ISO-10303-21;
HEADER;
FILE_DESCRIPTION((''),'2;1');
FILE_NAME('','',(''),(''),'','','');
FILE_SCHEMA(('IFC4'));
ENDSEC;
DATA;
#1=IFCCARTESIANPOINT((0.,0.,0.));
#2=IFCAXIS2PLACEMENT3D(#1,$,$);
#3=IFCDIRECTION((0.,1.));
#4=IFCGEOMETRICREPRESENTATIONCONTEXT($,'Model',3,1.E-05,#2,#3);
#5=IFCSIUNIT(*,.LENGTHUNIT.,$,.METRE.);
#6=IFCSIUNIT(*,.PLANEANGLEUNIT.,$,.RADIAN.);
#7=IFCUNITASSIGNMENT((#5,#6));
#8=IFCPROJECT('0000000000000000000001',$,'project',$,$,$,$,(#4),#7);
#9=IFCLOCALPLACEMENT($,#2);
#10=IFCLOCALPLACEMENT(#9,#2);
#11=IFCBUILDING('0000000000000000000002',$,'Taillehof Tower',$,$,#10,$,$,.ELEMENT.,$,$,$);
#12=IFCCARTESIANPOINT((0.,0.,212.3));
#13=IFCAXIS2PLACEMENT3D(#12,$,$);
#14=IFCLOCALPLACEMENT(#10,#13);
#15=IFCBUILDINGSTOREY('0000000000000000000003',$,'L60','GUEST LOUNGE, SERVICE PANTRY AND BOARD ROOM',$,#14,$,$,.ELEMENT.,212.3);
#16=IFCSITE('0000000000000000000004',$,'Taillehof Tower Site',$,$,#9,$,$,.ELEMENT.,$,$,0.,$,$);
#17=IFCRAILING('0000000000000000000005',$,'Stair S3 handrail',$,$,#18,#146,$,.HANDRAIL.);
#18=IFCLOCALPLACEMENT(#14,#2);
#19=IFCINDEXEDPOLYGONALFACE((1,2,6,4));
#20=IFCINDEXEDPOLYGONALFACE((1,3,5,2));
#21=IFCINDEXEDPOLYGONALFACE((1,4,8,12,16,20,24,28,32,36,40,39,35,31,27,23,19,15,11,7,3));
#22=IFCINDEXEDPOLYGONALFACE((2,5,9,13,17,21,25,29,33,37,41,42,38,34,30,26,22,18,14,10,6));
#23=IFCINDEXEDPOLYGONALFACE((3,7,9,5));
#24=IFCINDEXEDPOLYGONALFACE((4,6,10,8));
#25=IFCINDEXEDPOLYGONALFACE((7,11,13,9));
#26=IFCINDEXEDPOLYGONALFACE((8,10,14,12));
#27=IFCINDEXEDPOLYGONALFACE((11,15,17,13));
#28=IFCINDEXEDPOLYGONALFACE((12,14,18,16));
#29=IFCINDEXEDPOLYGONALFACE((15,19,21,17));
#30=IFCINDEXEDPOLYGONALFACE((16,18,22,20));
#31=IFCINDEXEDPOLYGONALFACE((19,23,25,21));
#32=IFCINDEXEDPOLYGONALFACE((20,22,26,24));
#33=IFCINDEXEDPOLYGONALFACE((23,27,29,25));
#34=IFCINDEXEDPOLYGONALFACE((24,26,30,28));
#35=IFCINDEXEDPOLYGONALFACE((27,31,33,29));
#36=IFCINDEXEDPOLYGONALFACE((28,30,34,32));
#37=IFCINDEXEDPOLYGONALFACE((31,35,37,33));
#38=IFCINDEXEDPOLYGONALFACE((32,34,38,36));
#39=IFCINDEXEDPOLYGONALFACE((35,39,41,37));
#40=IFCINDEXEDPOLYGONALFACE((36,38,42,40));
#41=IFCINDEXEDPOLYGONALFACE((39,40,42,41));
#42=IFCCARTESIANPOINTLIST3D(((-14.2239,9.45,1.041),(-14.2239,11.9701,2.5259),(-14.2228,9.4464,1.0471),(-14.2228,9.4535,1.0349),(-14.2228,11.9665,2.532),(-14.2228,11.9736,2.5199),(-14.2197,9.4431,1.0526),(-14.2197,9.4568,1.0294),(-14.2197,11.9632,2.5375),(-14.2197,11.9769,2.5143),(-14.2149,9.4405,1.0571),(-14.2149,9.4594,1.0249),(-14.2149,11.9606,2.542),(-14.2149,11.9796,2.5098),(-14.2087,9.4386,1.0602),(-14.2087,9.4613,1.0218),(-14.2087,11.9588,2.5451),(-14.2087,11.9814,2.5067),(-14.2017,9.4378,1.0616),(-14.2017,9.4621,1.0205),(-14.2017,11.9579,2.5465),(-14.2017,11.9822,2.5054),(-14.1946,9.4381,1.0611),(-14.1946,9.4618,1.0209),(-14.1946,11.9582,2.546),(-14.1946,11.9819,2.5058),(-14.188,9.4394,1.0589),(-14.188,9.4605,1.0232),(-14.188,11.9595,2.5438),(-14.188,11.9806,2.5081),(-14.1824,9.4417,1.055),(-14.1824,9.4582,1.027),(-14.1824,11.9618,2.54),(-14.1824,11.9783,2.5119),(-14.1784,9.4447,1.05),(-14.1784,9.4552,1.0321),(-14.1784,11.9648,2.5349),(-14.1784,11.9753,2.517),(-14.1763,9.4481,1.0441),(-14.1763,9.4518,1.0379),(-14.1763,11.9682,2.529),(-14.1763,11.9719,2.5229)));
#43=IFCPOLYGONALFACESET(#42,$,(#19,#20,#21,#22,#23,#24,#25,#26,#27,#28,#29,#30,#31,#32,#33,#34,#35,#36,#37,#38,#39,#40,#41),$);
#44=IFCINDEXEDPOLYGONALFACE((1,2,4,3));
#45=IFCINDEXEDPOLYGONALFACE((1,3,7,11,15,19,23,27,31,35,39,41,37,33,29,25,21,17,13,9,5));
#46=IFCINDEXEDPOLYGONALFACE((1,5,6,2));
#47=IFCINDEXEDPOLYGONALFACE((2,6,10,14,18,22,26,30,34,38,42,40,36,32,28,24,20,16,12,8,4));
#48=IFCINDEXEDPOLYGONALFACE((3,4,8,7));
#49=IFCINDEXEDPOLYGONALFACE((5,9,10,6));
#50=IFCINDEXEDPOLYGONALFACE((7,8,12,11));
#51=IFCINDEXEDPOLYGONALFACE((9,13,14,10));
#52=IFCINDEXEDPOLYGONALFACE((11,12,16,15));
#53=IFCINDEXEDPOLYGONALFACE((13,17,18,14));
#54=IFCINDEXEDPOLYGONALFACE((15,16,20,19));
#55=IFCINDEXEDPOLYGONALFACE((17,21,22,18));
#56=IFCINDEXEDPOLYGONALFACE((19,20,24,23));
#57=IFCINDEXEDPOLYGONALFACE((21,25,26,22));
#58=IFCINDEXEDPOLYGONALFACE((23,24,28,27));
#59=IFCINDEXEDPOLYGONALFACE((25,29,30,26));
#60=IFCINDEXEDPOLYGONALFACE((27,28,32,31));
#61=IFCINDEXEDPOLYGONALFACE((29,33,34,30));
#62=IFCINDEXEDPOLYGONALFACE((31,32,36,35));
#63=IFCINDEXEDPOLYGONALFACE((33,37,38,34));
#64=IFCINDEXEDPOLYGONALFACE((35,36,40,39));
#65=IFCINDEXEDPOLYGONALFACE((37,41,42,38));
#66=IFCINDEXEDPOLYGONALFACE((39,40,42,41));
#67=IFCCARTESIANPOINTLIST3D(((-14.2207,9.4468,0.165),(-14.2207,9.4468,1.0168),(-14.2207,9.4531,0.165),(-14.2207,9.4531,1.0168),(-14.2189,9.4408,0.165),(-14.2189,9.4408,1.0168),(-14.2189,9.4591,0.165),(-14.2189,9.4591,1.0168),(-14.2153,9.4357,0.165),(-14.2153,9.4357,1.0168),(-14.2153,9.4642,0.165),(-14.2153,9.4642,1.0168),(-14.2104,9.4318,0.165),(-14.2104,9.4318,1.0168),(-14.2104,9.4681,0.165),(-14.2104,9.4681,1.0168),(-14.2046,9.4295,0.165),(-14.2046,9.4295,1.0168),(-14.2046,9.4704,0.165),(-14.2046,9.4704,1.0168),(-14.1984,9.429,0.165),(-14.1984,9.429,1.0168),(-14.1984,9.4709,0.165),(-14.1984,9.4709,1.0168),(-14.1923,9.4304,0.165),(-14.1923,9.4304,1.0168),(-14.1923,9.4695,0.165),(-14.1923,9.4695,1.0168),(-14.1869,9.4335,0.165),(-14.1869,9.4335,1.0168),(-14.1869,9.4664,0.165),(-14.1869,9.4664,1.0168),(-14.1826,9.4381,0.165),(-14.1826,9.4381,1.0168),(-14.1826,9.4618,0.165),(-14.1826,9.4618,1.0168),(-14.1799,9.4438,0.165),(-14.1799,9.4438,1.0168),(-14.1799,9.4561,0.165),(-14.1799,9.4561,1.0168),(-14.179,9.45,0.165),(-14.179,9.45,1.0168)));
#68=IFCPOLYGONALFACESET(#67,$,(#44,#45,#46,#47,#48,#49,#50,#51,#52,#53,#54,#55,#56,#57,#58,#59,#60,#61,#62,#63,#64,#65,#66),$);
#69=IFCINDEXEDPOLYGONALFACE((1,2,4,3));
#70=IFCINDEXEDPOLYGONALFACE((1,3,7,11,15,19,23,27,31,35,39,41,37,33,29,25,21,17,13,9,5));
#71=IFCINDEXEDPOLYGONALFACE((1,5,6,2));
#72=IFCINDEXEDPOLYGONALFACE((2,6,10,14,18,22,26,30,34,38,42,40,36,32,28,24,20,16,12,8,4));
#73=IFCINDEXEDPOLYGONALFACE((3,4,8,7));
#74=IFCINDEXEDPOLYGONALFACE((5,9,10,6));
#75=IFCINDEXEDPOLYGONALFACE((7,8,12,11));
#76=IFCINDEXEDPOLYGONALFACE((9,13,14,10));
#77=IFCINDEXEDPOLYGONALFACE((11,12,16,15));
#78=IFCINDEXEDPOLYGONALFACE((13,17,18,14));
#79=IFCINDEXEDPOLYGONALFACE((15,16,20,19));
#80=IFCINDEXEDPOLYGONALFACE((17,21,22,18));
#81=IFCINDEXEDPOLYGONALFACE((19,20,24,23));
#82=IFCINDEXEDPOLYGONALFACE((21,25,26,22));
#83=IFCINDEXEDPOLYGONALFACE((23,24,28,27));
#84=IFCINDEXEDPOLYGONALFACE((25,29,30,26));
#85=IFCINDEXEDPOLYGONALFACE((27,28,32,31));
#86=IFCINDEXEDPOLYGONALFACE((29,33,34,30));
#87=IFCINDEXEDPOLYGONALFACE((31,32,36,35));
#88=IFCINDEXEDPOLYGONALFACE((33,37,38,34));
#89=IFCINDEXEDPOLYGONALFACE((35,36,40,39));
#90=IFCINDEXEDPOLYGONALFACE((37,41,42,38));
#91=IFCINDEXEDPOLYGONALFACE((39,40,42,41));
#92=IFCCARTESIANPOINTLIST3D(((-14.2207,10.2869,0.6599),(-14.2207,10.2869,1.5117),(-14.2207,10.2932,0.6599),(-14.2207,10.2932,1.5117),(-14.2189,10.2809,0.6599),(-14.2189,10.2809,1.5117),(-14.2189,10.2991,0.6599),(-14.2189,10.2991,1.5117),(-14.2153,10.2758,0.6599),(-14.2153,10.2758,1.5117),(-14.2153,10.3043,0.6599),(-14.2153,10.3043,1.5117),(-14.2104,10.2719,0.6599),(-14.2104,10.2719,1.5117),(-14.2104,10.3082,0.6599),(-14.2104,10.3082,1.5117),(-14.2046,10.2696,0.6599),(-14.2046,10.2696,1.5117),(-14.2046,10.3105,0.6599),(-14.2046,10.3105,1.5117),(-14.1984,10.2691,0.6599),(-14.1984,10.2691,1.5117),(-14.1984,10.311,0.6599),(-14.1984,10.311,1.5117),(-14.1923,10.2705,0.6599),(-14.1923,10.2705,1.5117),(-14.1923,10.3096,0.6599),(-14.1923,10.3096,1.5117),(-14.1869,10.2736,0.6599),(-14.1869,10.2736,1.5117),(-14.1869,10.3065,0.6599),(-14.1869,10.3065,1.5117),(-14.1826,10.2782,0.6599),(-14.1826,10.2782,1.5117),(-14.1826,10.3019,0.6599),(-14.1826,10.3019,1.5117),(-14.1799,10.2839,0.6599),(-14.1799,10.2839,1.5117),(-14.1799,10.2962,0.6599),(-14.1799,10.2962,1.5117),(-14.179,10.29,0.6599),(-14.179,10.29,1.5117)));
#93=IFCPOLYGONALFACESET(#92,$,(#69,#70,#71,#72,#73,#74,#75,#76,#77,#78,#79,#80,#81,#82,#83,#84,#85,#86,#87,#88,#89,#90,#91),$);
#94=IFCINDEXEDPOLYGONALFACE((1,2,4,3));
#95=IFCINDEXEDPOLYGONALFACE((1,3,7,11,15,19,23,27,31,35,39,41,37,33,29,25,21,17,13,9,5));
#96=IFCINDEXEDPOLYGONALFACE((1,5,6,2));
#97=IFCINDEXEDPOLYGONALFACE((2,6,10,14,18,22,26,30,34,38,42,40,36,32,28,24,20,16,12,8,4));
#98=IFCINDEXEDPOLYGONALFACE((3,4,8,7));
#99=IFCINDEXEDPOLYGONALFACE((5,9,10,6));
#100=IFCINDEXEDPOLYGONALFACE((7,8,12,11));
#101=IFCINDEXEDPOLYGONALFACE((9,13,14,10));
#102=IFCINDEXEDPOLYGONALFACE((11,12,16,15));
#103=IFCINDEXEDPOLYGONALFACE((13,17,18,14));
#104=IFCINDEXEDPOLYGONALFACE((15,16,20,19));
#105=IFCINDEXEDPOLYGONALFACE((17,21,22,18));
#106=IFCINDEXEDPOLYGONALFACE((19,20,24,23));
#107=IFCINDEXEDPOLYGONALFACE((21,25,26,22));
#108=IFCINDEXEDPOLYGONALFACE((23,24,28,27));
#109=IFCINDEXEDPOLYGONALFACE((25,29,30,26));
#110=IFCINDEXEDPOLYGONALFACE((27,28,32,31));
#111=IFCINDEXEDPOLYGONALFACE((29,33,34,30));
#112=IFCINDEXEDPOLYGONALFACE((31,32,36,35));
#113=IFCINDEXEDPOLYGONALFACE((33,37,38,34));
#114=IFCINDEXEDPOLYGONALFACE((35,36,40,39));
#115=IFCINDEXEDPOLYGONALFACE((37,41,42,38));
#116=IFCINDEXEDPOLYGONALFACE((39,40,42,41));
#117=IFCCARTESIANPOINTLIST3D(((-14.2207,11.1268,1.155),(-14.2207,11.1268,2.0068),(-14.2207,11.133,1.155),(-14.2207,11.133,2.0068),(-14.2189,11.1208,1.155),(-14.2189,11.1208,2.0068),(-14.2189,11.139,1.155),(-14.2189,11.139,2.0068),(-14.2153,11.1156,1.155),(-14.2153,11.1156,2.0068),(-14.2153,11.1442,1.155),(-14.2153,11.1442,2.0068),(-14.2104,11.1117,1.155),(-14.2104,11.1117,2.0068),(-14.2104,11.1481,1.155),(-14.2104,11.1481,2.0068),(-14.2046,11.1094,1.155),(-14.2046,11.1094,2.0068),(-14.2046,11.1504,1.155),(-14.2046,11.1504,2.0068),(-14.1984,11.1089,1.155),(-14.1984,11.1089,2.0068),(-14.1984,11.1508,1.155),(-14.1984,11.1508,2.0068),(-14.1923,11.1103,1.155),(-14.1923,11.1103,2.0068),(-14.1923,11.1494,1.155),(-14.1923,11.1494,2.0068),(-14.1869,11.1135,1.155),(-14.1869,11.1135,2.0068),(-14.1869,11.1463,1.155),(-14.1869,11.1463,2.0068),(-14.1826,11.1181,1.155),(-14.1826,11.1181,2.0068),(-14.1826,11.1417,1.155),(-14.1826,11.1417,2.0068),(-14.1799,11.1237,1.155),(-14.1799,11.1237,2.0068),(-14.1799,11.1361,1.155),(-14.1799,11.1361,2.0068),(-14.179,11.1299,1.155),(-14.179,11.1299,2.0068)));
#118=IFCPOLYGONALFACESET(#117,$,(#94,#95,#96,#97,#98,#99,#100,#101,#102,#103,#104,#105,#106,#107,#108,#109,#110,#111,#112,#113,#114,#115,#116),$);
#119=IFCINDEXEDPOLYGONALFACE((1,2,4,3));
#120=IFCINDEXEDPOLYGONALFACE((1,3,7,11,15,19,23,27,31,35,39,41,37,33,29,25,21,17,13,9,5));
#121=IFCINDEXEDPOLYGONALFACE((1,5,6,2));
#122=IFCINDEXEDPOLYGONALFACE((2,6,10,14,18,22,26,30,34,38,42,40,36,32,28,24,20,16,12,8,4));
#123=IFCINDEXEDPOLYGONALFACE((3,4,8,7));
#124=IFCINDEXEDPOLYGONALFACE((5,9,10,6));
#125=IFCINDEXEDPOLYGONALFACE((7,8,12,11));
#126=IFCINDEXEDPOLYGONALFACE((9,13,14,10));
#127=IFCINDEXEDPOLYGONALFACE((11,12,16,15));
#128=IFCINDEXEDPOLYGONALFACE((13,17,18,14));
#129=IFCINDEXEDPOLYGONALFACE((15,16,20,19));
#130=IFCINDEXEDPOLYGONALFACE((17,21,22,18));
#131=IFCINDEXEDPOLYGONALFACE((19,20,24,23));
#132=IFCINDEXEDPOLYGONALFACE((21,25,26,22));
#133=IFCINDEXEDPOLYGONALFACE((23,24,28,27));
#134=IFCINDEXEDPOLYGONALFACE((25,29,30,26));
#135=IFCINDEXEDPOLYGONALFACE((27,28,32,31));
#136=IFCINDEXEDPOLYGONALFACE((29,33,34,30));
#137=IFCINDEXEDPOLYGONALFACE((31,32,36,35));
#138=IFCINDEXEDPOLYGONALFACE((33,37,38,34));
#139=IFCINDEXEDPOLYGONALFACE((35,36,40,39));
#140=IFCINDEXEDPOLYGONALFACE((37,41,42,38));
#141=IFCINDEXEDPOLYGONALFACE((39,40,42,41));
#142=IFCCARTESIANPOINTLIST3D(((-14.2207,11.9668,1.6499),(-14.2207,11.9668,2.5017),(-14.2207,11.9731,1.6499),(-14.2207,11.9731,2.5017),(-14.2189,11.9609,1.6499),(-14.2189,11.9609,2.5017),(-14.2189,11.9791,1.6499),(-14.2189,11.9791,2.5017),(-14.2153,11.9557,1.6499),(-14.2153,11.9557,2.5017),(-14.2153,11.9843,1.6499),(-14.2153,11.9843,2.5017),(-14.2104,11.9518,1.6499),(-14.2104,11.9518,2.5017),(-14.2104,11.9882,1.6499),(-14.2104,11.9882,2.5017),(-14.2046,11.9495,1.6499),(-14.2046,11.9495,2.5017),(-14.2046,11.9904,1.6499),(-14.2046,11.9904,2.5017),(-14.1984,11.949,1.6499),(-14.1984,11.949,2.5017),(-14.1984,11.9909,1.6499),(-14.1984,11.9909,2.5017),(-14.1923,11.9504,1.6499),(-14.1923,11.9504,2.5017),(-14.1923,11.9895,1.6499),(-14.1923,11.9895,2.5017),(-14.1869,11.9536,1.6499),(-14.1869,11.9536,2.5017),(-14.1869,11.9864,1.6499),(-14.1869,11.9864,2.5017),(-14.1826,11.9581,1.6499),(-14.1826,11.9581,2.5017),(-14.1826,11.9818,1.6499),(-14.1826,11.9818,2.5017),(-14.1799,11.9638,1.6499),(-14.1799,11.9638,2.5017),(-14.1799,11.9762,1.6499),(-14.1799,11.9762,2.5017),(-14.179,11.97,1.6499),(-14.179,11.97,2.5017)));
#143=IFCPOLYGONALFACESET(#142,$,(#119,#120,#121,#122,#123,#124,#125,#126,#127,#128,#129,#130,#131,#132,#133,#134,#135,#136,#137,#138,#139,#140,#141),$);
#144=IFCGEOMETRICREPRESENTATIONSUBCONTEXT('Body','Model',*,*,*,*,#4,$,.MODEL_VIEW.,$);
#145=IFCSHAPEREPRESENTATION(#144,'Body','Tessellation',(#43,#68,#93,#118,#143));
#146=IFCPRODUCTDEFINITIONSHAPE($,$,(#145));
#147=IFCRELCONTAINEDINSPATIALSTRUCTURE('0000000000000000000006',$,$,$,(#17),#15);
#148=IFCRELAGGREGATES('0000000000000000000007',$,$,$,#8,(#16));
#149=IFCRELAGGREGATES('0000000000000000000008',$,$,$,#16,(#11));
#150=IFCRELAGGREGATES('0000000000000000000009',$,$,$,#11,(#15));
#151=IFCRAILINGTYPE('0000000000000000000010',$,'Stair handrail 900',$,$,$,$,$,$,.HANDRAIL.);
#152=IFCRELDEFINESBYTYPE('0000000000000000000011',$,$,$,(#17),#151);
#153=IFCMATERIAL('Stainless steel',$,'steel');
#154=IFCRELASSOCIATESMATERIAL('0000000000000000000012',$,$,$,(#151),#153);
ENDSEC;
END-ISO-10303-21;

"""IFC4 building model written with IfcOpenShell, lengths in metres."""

from ifc_helpers import new_model, si_unit, direction, frame, origin, origin_2d, place, context, subcontext, project, spatial, circle, extrude, material, type_object, element, save


model = new_model("IFC4")

# Units and contexts
model_context = context("Model", 3, precision=1e-05, world=origin(), true_north=direction((0.0, 1.0)))
body_context = subcontext(model_context, "Body", "Model", "MODEL_VIEW")
ifc_project = project(units=[si_unit("LENGTHUNIT", "METRE"), si_unit("PLANEANGLEUNIT", "RADIAN")], contexts=[model_context])

# Site, building, storey
site_placement = place(None, origin())
site = spatial("IfcSite", under=ifc_project, at=site_placement, Name="Taillehof Tower Site", CompositionType="ELEMENT", RefElevation=0.0)
building_placement = place(site_placement, origin())
building = spatial("IfcBuilding", under=site, at=building_placement, Name="Taillehof Tower", CompositionType="ELEMENT")
storey_placement = place(building_placement, frame((0.0, 0.0, 212.3)))
storey = spatial("IfcBuildingStorey", under=building, at=storey_placement, Name="L60", Description="GUEST LOUNGE, SERVICE PANTRY AND BOARD ROOM", CompositionType="ELEMENT", Elevation=212.3)

# Railing
ifc_material_1 = material(Name="Stainless steel", Category="steel")
railing_type_1 = type_object("IfcRailingType", Name="Stair handrail 900", PredefinedType="HANDRAIL", material=ifc_material_1)
railing_1_placement = place(storey_placement, frame((-14.2, 9.45, 0.165)))
element("IfcRailing", 1, at=railing_1_placement, inside=storey, type_object=railing_type_1, Name="Stair S3 handrail", PredefinedType="HANDRAIL", context=body_context, shape_type="SweptSolid", body=[
    extrude(circle(Radius=0.0239, at=origin_2d()), frame((0.0, 0.0, 0.876), z_axis=(0.0, 0.861561, 0.507655), x_axis=(-1.0, 0.0, 0.0)), (0.0, 0.0, 1.0), 2.925),
    extrude(circle(Radius=0.021, at=origin_2d()), origin(), (0.0, 0.0, 1.0), 0.8518),
    extrude(circle(Radius=0.021, at=origin_2d()), frame((0.0, 0.8401, 0.4949)), (0.0, 0.0, 1.0), 0.8518),
    extrude(circle(Radius=0.021, at=origin_2d()), frame((0.0, 1.6799, 0.99)), (0.0, 0.0, 1.0), 0.8518),
    extrude(circle(Radius=0.021, at=origin_2d()), frame((0.0, 2.52, 1.4849)), (0.0, 0.0, 1.0), 0.8518),
])

save(model, "model.ifc")
